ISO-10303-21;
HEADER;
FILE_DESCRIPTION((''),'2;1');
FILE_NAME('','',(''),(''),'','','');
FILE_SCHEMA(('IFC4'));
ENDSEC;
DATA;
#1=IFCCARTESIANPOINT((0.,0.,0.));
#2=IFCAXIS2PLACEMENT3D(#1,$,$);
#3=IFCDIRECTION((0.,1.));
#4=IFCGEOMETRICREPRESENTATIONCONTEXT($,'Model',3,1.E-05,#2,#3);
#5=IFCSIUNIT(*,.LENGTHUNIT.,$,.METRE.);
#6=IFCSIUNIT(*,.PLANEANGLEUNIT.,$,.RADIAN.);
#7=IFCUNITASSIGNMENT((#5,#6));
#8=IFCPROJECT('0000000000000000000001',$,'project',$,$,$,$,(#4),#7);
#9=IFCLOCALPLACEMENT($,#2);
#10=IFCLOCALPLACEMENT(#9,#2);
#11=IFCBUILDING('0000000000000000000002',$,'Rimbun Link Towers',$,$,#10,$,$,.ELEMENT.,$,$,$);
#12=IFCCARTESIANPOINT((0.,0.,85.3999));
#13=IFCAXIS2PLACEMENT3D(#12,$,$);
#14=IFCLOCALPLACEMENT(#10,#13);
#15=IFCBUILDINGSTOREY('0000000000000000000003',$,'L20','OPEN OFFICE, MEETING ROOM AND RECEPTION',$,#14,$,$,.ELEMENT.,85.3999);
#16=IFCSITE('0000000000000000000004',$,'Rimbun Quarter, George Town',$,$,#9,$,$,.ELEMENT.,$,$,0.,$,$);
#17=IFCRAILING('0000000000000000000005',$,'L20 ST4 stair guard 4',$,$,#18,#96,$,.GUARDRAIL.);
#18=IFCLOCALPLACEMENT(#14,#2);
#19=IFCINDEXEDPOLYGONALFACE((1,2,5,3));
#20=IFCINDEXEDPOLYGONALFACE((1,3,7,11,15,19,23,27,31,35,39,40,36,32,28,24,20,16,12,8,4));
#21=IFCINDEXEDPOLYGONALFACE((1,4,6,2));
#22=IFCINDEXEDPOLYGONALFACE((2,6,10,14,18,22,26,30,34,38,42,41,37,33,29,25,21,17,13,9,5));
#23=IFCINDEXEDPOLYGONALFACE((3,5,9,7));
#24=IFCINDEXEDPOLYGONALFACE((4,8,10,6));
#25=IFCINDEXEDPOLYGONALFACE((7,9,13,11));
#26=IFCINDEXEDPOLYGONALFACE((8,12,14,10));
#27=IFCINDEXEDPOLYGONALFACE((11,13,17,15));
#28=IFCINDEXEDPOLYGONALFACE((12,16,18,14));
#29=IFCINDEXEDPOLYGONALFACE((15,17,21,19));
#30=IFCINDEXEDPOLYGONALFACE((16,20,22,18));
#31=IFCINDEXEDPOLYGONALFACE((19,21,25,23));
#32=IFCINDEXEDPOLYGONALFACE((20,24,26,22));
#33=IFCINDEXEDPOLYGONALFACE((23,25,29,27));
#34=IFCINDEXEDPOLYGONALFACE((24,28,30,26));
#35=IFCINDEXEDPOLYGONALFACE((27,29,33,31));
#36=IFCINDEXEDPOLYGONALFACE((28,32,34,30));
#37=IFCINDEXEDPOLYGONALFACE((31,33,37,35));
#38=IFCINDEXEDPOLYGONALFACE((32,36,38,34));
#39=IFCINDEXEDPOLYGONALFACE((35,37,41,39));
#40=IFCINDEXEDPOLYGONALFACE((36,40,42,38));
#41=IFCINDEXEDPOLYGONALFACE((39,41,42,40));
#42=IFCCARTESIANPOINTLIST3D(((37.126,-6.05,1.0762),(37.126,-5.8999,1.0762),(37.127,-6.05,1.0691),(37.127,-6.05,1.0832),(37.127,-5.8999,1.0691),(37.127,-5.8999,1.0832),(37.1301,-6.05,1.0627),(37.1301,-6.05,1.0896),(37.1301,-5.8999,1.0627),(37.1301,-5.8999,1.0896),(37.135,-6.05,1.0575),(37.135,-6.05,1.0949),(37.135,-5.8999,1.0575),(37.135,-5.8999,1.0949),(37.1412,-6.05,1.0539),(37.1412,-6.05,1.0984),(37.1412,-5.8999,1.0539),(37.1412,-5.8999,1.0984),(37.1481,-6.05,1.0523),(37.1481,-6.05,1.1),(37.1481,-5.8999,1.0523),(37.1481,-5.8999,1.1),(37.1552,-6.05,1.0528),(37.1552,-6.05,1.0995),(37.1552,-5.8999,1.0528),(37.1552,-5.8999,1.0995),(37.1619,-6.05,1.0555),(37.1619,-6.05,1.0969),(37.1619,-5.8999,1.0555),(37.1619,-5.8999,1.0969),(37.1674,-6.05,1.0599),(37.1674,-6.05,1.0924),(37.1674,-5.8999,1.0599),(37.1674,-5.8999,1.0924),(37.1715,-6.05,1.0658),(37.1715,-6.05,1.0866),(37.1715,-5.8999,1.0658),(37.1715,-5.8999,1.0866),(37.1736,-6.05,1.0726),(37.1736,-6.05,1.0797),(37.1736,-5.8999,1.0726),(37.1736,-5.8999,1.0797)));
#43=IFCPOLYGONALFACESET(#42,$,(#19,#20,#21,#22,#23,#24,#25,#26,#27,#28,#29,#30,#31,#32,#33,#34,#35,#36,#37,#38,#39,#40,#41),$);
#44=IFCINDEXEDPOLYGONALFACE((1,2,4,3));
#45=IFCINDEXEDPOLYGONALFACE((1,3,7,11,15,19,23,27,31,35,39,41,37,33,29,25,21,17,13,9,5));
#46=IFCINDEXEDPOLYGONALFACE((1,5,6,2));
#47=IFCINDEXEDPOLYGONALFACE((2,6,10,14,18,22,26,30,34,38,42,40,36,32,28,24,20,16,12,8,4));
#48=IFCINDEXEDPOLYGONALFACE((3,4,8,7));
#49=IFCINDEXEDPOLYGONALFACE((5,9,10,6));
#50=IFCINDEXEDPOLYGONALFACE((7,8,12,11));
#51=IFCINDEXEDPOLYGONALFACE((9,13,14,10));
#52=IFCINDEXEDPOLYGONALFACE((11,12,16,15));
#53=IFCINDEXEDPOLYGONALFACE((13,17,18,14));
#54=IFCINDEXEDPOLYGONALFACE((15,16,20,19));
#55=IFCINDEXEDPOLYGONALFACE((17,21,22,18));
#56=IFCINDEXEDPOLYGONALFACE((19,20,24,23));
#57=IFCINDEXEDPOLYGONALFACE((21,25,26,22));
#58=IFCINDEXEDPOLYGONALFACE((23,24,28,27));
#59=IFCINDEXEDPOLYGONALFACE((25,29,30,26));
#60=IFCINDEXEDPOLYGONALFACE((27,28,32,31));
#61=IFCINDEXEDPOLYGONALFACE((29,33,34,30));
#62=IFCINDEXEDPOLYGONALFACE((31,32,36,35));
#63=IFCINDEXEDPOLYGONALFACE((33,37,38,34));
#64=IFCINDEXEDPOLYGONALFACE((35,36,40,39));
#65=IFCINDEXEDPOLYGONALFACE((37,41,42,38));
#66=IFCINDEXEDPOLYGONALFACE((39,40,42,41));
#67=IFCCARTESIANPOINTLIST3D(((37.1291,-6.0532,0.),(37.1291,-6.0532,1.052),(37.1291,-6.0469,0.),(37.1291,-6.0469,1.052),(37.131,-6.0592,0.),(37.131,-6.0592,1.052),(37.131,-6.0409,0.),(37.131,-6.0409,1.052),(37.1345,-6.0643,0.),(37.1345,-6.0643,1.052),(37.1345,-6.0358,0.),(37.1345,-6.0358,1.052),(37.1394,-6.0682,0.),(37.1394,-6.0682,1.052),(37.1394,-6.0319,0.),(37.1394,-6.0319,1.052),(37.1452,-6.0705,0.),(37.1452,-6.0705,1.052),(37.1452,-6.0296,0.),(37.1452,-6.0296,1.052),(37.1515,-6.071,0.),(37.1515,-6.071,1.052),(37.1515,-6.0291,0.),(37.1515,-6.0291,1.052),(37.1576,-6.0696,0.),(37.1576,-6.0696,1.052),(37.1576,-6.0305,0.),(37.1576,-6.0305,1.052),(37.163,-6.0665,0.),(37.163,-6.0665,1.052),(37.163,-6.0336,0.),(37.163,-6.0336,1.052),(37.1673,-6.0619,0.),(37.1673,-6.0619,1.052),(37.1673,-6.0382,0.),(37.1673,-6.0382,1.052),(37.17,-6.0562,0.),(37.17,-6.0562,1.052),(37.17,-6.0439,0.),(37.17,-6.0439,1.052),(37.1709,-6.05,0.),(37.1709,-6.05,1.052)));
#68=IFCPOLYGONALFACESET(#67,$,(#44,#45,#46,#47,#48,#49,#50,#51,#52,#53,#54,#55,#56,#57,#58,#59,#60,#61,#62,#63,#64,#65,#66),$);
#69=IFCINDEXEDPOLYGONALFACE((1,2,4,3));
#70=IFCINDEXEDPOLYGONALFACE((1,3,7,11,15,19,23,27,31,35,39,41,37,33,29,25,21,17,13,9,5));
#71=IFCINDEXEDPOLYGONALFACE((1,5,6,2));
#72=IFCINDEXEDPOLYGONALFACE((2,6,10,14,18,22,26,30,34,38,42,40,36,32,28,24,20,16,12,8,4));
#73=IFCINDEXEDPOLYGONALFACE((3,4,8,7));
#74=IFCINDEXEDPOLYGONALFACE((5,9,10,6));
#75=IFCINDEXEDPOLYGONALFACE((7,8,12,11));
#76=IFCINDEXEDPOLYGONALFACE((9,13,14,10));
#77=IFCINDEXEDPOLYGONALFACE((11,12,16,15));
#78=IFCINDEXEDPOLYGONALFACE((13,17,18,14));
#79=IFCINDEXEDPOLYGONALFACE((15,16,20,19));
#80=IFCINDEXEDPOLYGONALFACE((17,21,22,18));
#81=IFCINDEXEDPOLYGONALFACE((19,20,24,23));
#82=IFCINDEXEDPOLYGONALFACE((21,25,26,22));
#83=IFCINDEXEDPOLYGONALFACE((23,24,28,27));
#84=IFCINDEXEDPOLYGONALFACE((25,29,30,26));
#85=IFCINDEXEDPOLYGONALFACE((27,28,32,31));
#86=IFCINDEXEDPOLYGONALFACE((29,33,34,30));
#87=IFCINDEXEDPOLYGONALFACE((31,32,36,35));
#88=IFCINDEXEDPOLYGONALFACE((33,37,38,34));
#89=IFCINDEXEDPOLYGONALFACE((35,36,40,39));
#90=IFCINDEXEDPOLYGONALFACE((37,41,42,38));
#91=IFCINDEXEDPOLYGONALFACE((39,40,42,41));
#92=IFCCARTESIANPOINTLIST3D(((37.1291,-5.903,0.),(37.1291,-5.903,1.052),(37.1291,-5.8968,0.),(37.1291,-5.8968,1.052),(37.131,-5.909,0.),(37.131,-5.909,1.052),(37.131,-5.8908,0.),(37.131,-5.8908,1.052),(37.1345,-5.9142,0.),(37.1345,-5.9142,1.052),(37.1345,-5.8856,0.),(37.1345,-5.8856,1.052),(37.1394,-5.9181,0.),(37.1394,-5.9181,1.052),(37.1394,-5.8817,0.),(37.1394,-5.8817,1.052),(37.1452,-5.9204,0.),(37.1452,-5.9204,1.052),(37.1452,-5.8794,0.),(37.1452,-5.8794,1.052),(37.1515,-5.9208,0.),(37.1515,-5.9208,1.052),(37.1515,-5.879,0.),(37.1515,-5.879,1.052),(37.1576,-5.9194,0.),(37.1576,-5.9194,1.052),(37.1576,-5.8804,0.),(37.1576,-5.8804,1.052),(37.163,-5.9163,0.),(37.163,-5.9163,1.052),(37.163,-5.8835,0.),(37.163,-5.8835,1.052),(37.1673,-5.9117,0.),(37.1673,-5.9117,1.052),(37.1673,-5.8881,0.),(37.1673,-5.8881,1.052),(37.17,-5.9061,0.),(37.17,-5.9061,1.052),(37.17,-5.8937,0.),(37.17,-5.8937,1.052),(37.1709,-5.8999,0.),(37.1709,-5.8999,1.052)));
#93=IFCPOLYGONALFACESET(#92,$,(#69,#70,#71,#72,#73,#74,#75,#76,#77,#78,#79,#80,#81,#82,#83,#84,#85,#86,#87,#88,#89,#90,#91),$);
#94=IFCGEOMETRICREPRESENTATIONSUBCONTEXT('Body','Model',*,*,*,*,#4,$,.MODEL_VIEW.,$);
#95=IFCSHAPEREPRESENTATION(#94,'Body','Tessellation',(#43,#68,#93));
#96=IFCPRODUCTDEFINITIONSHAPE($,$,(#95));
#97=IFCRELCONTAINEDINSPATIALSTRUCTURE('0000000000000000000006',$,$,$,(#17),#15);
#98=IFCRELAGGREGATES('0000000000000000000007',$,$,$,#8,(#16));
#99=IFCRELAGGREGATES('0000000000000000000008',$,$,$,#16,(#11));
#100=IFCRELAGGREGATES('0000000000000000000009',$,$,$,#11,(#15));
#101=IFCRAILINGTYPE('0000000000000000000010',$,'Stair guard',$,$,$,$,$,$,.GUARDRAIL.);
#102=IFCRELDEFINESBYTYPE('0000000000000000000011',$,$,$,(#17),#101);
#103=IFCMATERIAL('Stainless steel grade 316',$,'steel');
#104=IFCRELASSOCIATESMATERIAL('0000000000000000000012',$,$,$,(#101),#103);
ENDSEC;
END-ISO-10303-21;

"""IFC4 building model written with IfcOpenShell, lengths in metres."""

from ifc_helpers import new_model, si_unit, direction, frame, origin, origin_2d, place, context, subcontext, project, spatial, circle, extrude, material, type_object, element, save


model = new_model("IFC4")

# Units and contexts
model_context = context("Model", 3, precision=1e-05, world=origin(), true_north=direction((0.0, 1.0)))
body_context = subcontext(model_context, "Body", "Model", "MODEL_VIEW")
ifc_project = project(units=[si_unit("LENGTHUNIT", "METRE"), si_unit("PLANEANGLEUNIT", "RADIAN")], contexts=[model_context])

# Site, building, storey
site_placement = place(None, origin())
site = spatial("IfcSite", under=ifc_project, at=site_placement, Name="Rimbun Quarter, George Town", CompositionType="ELEMENT", RefElevation=0.0)
building_placement = place(site_placement, origin())
building = spatial("IfcBuilding", under=site, at=building_placement, Name="Rimbun Link Towers", CompositionType="ELEMENT")
storey_placement = place(building_placement, frame((0.0, 0.0, 85.3999)))
storey = spatial("IfcBuildingStorey", under=building, at=storey_placement, Name="L20", Description="OPEN OFFICE, MEETING ROOM AND RECEPTION", CompositionType="ELEMENT", Elevation=85.3999)

# Railing
ifc_material_1 = material(Name="Stainless steel grade 316", Category="steel")
railing_type_1 = type_object("IfcRailingType", Name="Stair guard", PredefinedType="GUARDRAIL", material=ifc_material_1)
railing_1_placement = place(storey_placement, frame((37.1499, -6.05, 0.0)))
element("IfcRailing", 1, at=railing_1_placement, inside=storey, type_object=railing_type_1, Name="L20 ST4 stair guard 4", PredefinedType="GUARDRAIL", context=body_context, shape_type="SweptSolid", body=[
    extrude(circle(Radius=0.0239, at=origin_2d()), frame((0.0, 0.0, 1.0762), z_axis=(0.0, 1.0, 0.0), x_axis=(-1.0, 0.0, 0.0)), (0.0, 0.0, 1.0), 0.1501),
    extrude(circle(Radius=0.021, at=origin_2d()), origin(), (0.0, 0.0, 1.0), 1.052),
    extrude(circle(Radius=0.021, at=origin_2d()), frame((0.0, 0.1501, 0.0)), (0.0, 0.0, 1.0), 1.052),
])

save(model, "model.ifc")
